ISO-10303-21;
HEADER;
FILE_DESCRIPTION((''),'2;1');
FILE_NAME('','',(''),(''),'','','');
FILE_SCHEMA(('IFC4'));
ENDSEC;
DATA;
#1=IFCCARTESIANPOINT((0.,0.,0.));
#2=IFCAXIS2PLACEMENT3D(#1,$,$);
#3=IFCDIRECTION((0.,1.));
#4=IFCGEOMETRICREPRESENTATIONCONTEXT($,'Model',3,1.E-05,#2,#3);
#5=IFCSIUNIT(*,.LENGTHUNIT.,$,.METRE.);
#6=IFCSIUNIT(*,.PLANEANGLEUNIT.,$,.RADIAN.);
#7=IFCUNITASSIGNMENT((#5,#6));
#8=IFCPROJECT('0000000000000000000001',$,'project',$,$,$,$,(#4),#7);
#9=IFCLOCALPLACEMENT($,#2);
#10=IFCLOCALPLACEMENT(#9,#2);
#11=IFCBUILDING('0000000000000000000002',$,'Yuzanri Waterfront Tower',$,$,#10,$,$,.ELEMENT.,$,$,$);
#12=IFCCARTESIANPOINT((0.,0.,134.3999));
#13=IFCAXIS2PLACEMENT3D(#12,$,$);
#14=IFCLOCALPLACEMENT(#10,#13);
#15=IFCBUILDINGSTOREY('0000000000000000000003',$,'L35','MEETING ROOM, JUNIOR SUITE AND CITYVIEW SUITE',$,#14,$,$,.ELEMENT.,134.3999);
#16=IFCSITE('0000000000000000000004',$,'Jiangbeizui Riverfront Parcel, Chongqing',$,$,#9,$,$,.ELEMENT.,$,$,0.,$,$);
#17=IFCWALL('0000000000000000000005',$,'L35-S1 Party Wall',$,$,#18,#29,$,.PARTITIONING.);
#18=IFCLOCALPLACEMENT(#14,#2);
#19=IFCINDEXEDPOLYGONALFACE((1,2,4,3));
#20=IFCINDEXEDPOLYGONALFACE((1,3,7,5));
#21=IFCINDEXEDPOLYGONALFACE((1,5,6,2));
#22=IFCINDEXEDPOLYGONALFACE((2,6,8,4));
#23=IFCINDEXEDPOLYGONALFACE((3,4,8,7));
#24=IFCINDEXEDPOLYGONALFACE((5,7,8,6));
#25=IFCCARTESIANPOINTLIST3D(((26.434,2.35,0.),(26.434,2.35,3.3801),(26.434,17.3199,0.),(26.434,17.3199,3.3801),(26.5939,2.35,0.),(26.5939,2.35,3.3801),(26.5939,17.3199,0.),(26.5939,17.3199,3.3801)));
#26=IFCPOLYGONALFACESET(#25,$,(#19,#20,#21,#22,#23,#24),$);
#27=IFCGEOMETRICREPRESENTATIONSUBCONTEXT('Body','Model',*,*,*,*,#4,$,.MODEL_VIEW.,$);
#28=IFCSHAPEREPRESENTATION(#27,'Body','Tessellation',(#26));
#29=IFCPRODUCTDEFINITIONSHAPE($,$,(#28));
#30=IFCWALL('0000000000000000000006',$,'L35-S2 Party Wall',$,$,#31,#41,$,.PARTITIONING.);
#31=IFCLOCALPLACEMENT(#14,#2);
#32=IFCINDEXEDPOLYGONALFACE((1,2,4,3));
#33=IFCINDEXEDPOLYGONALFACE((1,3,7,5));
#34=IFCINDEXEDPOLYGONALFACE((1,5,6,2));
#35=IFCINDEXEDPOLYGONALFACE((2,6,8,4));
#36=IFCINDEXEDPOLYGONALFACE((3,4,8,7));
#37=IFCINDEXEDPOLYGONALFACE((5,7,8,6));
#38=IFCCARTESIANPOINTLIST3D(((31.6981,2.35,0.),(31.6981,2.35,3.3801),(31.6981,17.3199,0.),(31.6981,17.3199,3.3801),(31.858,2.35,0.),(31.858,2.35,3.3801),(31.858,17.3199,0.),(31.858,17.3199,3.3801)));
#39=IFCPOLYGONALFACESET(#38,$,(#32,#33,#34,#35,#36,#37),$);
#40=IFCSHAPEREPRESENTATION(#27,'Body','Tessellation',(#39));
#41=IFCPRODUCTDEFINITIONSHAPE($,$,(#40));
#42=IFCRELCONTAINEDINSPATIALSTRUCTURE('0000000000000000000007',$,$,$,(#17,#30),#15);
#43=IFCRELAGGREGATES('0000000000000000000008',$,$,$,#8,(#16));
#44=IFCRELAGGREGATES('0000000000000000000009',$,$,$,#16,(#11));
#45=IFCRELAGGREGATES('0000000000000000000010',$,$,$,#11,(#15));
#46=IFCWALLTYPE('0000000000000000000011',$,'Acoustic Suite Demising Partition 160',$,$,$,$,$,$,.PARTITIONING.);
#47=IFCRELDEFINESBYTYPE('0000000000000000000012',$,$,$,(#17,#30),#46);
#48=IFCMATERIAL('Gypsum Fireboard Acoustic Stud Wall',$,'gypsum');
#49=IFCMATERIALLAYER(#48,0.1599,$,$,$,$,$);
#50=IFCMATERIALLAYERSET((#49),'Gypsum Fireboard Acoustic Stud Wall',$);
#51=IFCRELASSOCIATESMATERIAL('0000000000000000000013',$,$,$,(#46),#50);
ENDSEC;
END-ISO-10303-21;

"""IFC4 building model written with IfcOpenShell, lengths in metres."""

from ifc_helpers import new_model, si_unit, direction, frame, frame_2d, origin, place, context, subcontext, project, spatial, rectangle, extrude, source, transform, mapped, material, layer, layer_set, type_object, element, save


model = new_model("IFC4")

# Units and contexts
model_context = context("Model", 3, precision=1e-05, world=origin(), true_north=direction((0.0, 1.0)))
body_context = subcontext(model_context, "Body", "Model", "MODEL_VIEW")
ifc_project = project(units=[si_unit("LENGTHUNIT", "METRE"), si_unit("PLANEANGLEUNIT", "RADIAN")], contexts=[model_context])

# Site, building, storey
site_placement = place(None, origin())
site = spatial("IfcSite", under=ifc_project, at=site_placement, Name="Jiangbeizui Riverfront Parcel, Chongqing", CompositionType="ELEMENT", RefElevation=0.0)
building_placement = place(site_placement, origin())
building = spatial("IfcBuilding", under=site, at=building_placement, Name="Yuzanri Waterfront Tower", CompositionType="ELEMENT")
storey_placement = place(building_placement, frame((0.0, 0.0, 134.3999)))
storey = spatial("IfcBuildingStorey", under=building, at=storey_placement, Name="L35", Description="MEETING ROOM, JUNIOR SUITE AND CITYVIEW SUITE", CompositionType="ELEMENT", Elevation=134.3999)

# Walls
ifc_material_1 = material(Name="Gypsum Fireboard Acoustic Stud Wall", Category="gypsum")
ifc_layer_1 = layer(ifc_material_1, 0.1599)
ifc_layer_set_1 = layer_set([ifc_layer_1], Name="Gypsum Fireboard Acoustic Stud Wall")
wall_type_1 = type_object("IfcWallType", Name="Acoustic Suite Demising Partition 160", PredefinedType="PARTITIONING", material=ifc_layer_set_1)
shared_shape_1 = source(origin(), body_context, "Body", "SweptSolid", [
    extrude(rectangle(XDim=14.97, YDim=0.1599, at=frame_2d((7.4849, 0.0))), origin(), (0.0, 0.0, 1.0), 3.3801),
])
for number, where, z_axis, x_axis, name in (
    (1, (26.5139, 2.3501, 0.0), (0.0, 0.0, 1.0), (0.0, 1.0, 0.0), "L35-S1 Party Wall"),
    (2, (31.7781, 2.3501, 0.0), (0.0, 0.0, 1.0), (0.0, 1.0, 0.0), "L35-S2 Party Wall"),
):
    element("IfcWall", number, at=place(storey_placement, frame(where, z_axis=z_axis, x_axis=x_axis)), inside=storey, type_object=wall_type_1, Name=name, PredefinedType="PARTITIONING", context=body_context, shape_type="MappedRepresentation", body=[
        mapped(shared_shape_1, transform((0.0, 0.0, 0.0), scale=1.0)),
    ])

save(model, "model.ifc")
